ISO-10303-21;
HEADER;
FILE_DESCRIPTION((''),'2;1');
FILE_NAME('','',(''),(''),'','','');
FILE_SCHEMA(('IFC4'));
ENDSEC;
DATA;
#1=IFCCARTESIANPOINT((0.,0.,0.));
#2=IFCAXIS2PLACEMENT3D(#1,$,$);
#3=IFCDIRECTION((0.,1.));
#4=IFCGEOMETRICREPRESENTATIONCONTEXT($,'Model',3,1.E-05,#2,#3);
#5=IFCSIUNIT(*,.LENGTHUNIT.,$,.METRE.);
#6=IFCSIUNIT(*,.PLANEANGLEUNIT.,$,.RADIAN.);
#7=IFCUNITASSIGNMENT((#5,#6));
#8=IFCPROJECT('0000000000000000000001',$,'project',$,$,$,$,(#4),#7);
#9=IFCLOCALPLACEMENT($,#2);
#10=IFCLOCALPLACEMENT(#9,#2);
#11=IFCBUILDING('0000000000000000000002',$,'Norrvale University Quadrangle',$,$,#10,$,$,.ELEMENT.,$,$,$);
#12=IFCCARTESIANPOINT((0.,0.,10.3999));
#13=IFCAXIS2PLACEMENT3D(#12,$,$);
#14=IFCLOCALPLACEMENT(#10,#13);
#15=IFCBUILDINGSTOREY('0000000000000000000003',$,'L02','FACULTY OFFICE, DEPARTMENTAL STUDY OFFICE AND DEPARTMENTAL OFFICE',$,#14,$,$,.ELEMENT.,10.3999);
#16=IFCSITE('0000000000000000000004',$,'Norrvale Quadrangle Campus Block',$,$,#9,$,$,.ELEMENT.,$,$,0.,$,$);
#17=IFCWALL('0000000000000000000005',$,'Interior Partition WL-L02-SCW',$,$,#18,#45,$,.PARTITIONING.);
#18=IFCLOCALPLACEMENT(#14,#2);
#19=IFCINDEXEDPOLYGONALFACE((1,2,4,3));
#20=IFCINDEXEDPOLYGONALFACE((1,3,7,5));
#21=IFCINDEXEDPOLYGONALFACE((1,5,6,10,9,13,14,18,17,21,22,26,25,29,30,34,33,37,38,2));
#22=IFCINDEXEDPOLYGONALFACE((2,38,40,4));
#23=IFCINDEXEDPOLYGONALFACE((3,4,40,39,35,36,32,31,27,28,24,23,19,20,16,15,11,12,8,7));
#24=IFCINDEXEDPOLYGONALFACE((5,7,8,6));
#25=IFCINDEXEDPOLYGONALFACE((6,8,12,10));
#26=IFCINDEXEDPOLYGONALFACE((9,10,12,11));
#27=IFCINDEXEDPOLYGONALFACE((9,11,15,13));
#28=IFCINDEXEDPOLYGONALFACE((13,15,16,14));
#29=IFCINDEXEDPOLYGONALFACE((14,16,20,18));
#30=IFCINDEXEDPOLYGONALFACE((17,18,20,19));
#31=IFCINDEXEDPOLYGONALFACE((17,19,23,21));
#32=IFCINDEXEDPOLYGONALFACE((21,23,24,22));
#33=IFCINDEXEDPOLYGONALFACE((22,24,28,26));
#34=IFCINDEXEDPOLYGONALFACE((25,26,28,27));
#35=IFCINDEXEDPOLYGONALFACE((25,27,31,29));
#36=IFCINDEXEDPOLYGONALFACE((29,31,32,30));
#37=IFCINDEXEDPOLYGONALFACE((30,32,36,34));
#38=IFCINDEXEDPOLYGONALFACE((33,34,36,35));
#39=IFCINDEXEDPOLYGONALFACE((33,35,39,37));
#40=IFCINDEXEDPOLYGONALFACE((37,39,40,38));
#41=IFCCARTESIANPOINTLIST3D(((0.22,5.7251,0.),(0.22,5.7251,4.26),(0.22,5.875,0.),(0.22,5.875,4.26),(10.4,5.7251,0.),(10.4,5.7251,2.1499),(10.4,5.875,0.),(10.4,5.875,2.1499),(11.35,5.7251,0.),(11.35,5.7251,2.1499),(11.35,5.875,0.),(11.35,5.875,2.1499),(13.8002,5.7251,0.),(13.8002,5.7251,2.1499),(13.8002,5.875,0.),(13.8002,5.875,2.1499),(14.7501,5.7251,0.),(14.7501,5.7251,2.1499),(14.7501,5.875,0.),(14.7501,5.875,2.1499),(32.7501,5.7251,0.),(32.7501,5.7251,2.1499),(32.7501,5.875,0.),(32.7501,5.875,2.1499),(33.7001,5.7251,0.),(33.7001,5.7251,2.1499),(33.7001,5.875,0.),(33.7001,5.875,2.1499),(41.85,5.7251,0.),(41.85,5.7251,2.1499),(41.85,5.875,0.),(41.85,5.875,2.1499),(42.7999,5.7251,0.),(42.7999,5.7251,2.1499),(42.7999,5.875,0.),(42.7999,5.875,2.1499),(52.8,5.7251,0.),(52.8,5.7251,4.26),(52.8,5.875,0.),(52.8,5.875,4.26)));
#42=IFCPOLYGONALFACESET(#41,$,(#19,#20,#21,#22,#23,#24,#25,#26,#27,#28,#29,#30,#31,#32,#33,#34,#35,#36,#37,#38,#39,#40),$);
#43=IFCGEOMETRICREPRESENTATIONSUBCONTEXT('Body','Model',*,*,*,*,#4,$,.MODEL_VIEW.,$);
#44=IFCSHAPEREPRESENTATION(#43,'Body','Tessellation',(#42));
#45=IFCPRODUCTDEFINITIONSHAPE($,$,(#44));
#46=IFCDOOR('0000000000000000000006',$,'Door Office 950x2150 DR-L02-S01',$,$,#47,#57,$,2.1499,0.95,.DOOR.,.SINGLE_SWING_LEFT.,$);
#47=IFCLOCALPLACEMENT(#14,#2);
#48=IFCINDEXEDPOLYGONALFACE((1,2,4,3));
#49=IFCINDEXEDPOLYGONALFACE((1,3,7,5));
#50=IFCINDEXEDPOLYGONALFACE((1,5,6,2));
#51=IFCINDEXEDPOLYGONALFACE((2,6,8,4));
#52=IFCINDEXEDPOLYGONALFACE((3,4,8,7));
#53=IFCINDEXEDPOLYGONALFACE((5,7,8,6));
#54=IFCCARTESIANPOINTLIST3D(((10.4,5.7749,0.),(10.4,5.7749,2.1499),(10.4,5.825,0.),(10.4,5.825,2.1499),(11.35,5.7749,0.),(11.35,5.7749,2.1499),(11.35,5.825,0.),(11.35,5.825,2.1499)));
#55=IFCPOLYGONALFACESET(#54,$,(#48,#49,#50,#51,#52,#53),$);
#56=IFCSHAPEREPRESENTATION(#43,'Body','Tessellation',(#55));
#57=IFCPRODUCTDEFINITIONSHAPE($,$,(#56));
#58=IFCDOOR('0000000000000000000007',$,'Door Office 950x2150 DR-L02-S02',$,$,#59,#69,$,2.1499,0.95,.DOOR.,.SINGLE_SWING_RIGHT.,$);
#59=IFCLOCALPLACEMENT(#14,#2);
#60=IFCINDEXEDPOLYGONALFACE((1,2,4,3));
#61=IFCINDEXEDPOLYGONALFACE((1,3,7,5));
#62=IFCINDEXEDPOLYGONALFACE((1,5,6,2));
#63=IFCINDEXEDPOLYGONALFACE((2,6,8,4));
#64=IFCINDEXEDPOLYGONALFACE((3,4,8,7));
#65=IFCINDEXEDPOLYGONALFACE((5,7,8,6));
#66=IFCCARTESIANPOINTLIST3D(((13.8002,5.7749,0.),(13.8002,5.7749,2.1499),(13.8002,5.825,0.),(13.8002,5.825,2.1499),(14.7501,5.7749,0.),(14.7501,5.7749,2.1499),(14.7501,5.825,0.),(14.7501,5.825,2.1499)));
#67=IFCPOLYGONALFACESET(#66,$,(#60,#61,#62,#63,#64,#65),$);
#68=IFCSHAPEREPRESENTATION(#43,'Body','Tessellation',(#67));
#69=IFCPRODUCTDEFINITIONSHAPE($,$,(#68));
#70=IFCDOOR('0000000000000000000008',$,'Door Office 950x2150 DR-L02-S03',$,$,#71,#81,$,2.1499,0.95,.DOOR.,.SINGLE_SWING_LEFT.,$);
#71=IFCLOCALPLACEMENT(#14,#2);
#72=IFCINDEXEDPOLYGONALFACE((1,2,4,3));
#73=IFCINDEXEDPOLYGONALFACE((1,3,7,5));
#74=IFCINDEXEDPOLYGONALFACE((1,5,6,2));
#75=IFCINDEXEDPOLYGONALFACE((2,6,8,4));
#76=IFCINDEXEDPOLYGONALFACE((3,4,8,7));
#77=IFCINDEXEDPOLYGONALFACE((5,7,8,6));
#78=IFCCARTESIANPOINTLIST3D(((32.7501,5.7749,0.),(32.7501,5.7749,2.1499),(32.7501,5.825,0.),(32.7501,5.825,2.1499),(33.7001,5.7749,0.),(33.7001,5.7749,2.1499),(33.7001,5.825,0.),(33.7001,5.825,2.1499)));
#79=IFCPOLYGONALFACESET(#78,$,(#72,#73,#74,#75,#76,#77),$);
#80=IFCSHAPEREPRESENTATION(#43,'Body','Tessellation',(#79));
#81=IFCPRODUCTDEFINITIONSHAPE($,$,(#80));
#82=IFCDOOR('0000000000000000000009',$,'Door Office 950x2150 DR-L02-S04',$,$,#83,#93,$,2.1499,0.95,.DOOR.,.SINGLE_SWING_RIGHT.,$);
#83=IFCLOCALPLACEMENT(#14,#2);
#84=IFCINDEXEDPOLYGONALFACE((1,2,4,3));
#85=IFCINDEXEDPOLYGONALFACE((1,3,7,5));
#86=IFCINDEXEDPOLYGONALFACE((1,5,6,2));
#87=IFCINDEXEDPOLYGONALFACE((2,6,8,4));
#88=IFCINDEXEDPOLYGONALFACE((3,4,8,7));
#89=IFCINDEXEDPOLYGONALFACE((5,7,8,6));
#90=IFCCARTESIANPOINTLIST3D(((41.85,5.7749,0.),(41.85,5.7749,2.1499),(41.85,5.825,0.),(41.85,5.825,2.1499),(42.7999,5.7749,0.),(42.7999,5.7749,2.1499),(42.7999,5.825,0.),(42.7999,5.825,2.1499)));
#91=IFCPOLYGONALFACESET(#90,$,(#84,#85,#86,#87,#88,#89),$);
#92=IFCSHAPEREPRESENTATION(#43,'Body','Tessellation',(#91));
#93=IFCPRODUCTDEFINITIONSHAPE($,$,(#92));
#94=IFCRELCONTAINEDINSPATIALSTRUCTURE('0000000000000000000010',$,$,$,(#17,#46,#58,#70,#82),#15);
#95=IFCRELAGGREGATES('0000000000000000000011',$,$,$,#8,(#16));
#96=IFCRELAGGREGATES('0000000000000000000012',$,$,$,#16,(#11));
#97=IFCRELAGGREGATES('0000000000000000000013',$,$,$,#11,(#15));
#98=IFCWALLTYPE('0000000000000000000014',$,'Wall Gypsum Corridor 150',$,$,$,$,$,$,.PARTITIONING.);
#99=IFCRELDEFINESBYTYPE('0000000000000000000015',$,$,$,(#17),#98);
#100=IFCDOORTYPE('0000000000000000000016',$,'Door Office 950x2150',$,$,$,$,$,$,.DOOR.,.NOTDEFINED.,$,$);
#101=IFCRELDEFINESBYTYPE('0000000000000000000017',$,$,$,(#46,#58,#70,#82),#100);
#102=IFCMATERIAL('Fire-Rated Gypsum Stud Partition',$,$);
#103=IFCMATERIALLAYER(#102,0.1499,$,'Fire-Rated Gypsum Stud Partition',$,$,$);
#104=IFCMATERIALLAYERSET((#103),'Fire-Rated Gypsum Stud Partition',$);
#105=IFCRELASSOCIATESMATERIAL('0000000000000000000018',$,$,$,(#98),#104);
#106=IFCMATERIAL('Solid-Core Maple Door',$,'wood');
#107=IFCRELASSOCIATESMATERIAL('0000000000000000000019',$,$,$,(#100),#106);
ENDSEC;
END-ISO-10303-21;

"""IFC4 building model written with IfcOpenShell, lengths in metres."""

from ifc_helpers import new_model, si_unit, direction, frame, frame_2d, origin, place, context, subcontext, project, spatial, rectangle, extrude, material, layer, layer_set, type_object, element, fill, save


model = new_model("IFC4")

# Units and contexts
model_context = context("Model", 3, precision=1e-05, world=origin(), true_north=direction((0.0, 1.0)))
body_context = subcontext(model_context, "Body", "Model", "MODEL_VIEW")
ifc_project = project(units=[si_unit("LENGTHUNIT", "METRE"), si_unit("PLANEANGLEUNIT", "RADIAN")], contexts=[model_context])

# Site, building, storey
site_placement = place(None, origin())
site = spatial("IfcSite", under=ifc_project, at=site_placement, Name="Norrvale Quadrangle Campus Block", CompositionType="ELEMENT", RefElevation=0.0)
building_placement = place(site_placement, origin())
building = spatial("IfcBuilding", under=site, at=building_placement, Name="Norrvale University Quadrangle", CompositionType="ELEMENT")
storey_placement = place(building_placement, frame((0.0, 0.0, 10.3999)))
storey = spatial("IfcBuildingStorey", under=building, at=storey_placement, Name="L02", Description="FACULTY OFFICE, DEPARTMENTAL STUDY OFFICE AND DEPARTMENTAL OFFICE", CompositionType="ELEMENT", Elevation=10.3999)

# Wall, openings, doors
ifc_material_1 = material(Name="Fire-Rated Gypsum Stud Partition")
ifc_layer_1 = layer(ifc_material_1, 0.1499, Name="Fire-Rated Gypsum Stud Partition")
ifc_layer_set_1 = layer_set([ifc_layer_1], Name="Fire-Rated Gypsum Stud Partition")
wall_type_1 = type_object("IfcWallType", Name="Wall Gypsum Corridor 150", PredefinedType="PARTITIONING", material=ifc_layer_set_1)
wall_1_placement = place(storey_placement, frame((0.22, 5.8, 0.0), z_axis=(0.0, 0.0, 1.0), x_axis=(1.0, 0.0, 0.0)))
wall_1 = element("IfcWall", 1, at=wall_1_placement, inside=storey, type_object=wall_type_1, Name="Interior Partition WL-L02-SCW", PredefinedType="PARTITIONING", context=body_context, shape_type="SweptSolid", body=[
    extrude(rectangle(XDim=52.5801, YDim=0.1499, at=frame_2d((26.29, 0.0))), origin(), (0.0, 0.0, 1.0), 4.26),
])
opening_1_placement = place(wall_1_placement, frame((10.1799, 0.0, 0.0)))
opening_1 = element("IfcOpeningElement", 2, at=opening_1_placement, cuts=wall_1, PredefinedType="OPENING", context=body_context, shape_type="SweptSolid", body=[
    extrude(rectangle(XDim=0.95, YDim=2.1499, at=frame_2d((0.4751, 1.075))), frame((0.0, 0.0869, 0.0), z_axis=(0.0, -1.0, 0.0), x_axis=(1.0, 0.0, 0.0)), (0.0, 0.0, 1.0), 0.1738),
])
opening_2_placement = place(wall_1_placement, frame((13.5801, 0.0, 0.0)))
opening_2 = element("IfcOpeningElement", 3, at=opening_2_placement, cuts=wall_1, PredefinedType="OPENING", context=body_context, shape_type="SweptSolid", body=[
    extrude(rectangle(XDim=0.95, YDim=2.1499, at=frame_2d((0.4751, 1.075))), frame((0.0, 0.0869, 0.0), z_axis=(0.0, -1.0, 0.0), x_axis=(1.0, 0.0, 0.0)), (0.0, 0.0, 1.0), 0.1738),
])
opening_3_placement = place(wall_1_placement, frame((32.53, 0.0, 0.0)))
opening_3 = element("IfcOpeningElement", 4, at=opening_3_placement, cuts=wall_1, PredefinedType="OPENING", context=body_context, shape_type="SweptSolid", body=[
    extrude(rectangle(XDim=0.95, YDim=2.1499, at=frame_2d((0.4751, 1.075))), frame((0.0, 0.0869, 0.0), z_axis=(0.0, -1.0, 0.0), x_axis=(1.0, 0.0, 0.0)), (0.0, 0.0, 1.0), 0.1738),
])
opening_4_placement = place(wall_1_placement, frame((41.6299, 0.0, 0.0)))
opening_4 = element("IfcOpeningElement", 5, at=opening_4_placement, cuts=wall_1, PredefinedType="OPENING", context=body_context, shape_type="SweptSolid", body=[
    extrude(rectangle(XDim=0.95, YDim=2.1499, at=frame_2d((0.4751, 1.075))), frame((0.0, 0.0869, 0.0), z_axis=(0.0, -1.0, 0.0), x_axis=(1.0, 0.0, 0.0)), (0.0, 0.0, 1.0), 0.1738),
])
ifc_material_2 = material(Name="Solid-Core Maple Door", Category="wood")
door_type = type_object("IfcDoorType", Name="Door Office 950x2150", OperationType="NOTDEFINED", PredefinedType="DOOR", material=ifc_material_2)
door_1_placement = place(opening_1_placement, origin())
door_1 = element("IfcDoor", 6, at=door_1_placement, inside=storey, type_object=door_type, Name="Door Office 950x2150 DR-L02-S01", OperationType="SINGLE_SWING_LEFT", OverallHeight=2.1499, OverallWidth=0.95, PredefinedType="DOOR", context=body_context, shape_type="SweptSolid", body=[
    extrude(rectangle(XDim=0.95, YDim=2.1499, at=frame_2d((0.4751, 1.075))), frame((0.0, 0.0249, 0.0), z_axis=(0.0, -1.0, 0.0), x_axis=(1.0, 0.0, 0.0)), (0.0, 0.0, 1.0), 0.05),
])
fill(opening_1, door_1)
door_2_placement = place(opening_2_placement, origin())
door_2 = element("IfcDoor", 7, at=door_2_placement, inside=storey, type_object=door_type, Name="Door Office 950x2150 DR-L02-S02", OperationType="SINGLE_SWING_RIGHT", OverallHeight=2.1499, OverallWidth=0.95, PredefinedType="DOOR", context=body_context, shape_type="SweptSolid", body=[
    extrude(rectangle(XDim=0.95, YDim=2.1499, at=frame_2d((0.4751, 1.075))), frame((0.0, 0.0249, 0.0), z_axis=(0.0, -1.0, 0.0), x_axis=(1.0, 0.0, 0.0)), (0.0, 0.0, 1.0), 0.05),
])
fill(opening_2, door_2)
door_3_placement = place(opening_3_placement, origin())
door_3 = element("IfcDoor", 8, at=door_3_placement, inside=storey, type_object=door_type, Name="Door Office 950x2150 DR-L02-S03", OperationType="SINGLE_SWING_LEFT", OverallHeight=2.1499, OverallWidth=0.95, PredefinedType="DOOR", context=body_context, shape_type="SweptSolid", body=[
    extrude(rectangle(XDim=0.95, YDim=2.1499, at=frame_2d((0.4751, 1.075))), frame((0.0, 0.0249, 0.0), z_axis=(0.0, -1.0, 0.0), x_axis=(1.0, 0.0, 0.0)), (0.0, 0.0, 1.0), 0.05),
])
fill(opening_3, door_3)
door_4_placement = place(opening_4_placement, origin())
door_4 = element("IfcDoor", 9, at=door_4_placement, inside=storey, type_object=door_type, Name="Door Office 950x2150 DR-L02-S04", OperationType="SINGLE_SWING_RIGHT", OverallHeight=2.1499, OverallWidth=0.95, PredefinedType="DOOR", context=body_context, shape_type="SweptSolid", body=[
    extrude(rectangle(XDim=0.95, YDim=2.1499, at=frame_2d((0.4751, 1.075))), frame((0.0, 0.0249, 0.0), z_axis=(0.0, -1.0, 0.0), x_axis=(1.0, 0.0, 0.0)), (0.0, 0.0, 1.0), 0.05),
])
fill(opening_4, door_4)

save(model, "model.ifc")
